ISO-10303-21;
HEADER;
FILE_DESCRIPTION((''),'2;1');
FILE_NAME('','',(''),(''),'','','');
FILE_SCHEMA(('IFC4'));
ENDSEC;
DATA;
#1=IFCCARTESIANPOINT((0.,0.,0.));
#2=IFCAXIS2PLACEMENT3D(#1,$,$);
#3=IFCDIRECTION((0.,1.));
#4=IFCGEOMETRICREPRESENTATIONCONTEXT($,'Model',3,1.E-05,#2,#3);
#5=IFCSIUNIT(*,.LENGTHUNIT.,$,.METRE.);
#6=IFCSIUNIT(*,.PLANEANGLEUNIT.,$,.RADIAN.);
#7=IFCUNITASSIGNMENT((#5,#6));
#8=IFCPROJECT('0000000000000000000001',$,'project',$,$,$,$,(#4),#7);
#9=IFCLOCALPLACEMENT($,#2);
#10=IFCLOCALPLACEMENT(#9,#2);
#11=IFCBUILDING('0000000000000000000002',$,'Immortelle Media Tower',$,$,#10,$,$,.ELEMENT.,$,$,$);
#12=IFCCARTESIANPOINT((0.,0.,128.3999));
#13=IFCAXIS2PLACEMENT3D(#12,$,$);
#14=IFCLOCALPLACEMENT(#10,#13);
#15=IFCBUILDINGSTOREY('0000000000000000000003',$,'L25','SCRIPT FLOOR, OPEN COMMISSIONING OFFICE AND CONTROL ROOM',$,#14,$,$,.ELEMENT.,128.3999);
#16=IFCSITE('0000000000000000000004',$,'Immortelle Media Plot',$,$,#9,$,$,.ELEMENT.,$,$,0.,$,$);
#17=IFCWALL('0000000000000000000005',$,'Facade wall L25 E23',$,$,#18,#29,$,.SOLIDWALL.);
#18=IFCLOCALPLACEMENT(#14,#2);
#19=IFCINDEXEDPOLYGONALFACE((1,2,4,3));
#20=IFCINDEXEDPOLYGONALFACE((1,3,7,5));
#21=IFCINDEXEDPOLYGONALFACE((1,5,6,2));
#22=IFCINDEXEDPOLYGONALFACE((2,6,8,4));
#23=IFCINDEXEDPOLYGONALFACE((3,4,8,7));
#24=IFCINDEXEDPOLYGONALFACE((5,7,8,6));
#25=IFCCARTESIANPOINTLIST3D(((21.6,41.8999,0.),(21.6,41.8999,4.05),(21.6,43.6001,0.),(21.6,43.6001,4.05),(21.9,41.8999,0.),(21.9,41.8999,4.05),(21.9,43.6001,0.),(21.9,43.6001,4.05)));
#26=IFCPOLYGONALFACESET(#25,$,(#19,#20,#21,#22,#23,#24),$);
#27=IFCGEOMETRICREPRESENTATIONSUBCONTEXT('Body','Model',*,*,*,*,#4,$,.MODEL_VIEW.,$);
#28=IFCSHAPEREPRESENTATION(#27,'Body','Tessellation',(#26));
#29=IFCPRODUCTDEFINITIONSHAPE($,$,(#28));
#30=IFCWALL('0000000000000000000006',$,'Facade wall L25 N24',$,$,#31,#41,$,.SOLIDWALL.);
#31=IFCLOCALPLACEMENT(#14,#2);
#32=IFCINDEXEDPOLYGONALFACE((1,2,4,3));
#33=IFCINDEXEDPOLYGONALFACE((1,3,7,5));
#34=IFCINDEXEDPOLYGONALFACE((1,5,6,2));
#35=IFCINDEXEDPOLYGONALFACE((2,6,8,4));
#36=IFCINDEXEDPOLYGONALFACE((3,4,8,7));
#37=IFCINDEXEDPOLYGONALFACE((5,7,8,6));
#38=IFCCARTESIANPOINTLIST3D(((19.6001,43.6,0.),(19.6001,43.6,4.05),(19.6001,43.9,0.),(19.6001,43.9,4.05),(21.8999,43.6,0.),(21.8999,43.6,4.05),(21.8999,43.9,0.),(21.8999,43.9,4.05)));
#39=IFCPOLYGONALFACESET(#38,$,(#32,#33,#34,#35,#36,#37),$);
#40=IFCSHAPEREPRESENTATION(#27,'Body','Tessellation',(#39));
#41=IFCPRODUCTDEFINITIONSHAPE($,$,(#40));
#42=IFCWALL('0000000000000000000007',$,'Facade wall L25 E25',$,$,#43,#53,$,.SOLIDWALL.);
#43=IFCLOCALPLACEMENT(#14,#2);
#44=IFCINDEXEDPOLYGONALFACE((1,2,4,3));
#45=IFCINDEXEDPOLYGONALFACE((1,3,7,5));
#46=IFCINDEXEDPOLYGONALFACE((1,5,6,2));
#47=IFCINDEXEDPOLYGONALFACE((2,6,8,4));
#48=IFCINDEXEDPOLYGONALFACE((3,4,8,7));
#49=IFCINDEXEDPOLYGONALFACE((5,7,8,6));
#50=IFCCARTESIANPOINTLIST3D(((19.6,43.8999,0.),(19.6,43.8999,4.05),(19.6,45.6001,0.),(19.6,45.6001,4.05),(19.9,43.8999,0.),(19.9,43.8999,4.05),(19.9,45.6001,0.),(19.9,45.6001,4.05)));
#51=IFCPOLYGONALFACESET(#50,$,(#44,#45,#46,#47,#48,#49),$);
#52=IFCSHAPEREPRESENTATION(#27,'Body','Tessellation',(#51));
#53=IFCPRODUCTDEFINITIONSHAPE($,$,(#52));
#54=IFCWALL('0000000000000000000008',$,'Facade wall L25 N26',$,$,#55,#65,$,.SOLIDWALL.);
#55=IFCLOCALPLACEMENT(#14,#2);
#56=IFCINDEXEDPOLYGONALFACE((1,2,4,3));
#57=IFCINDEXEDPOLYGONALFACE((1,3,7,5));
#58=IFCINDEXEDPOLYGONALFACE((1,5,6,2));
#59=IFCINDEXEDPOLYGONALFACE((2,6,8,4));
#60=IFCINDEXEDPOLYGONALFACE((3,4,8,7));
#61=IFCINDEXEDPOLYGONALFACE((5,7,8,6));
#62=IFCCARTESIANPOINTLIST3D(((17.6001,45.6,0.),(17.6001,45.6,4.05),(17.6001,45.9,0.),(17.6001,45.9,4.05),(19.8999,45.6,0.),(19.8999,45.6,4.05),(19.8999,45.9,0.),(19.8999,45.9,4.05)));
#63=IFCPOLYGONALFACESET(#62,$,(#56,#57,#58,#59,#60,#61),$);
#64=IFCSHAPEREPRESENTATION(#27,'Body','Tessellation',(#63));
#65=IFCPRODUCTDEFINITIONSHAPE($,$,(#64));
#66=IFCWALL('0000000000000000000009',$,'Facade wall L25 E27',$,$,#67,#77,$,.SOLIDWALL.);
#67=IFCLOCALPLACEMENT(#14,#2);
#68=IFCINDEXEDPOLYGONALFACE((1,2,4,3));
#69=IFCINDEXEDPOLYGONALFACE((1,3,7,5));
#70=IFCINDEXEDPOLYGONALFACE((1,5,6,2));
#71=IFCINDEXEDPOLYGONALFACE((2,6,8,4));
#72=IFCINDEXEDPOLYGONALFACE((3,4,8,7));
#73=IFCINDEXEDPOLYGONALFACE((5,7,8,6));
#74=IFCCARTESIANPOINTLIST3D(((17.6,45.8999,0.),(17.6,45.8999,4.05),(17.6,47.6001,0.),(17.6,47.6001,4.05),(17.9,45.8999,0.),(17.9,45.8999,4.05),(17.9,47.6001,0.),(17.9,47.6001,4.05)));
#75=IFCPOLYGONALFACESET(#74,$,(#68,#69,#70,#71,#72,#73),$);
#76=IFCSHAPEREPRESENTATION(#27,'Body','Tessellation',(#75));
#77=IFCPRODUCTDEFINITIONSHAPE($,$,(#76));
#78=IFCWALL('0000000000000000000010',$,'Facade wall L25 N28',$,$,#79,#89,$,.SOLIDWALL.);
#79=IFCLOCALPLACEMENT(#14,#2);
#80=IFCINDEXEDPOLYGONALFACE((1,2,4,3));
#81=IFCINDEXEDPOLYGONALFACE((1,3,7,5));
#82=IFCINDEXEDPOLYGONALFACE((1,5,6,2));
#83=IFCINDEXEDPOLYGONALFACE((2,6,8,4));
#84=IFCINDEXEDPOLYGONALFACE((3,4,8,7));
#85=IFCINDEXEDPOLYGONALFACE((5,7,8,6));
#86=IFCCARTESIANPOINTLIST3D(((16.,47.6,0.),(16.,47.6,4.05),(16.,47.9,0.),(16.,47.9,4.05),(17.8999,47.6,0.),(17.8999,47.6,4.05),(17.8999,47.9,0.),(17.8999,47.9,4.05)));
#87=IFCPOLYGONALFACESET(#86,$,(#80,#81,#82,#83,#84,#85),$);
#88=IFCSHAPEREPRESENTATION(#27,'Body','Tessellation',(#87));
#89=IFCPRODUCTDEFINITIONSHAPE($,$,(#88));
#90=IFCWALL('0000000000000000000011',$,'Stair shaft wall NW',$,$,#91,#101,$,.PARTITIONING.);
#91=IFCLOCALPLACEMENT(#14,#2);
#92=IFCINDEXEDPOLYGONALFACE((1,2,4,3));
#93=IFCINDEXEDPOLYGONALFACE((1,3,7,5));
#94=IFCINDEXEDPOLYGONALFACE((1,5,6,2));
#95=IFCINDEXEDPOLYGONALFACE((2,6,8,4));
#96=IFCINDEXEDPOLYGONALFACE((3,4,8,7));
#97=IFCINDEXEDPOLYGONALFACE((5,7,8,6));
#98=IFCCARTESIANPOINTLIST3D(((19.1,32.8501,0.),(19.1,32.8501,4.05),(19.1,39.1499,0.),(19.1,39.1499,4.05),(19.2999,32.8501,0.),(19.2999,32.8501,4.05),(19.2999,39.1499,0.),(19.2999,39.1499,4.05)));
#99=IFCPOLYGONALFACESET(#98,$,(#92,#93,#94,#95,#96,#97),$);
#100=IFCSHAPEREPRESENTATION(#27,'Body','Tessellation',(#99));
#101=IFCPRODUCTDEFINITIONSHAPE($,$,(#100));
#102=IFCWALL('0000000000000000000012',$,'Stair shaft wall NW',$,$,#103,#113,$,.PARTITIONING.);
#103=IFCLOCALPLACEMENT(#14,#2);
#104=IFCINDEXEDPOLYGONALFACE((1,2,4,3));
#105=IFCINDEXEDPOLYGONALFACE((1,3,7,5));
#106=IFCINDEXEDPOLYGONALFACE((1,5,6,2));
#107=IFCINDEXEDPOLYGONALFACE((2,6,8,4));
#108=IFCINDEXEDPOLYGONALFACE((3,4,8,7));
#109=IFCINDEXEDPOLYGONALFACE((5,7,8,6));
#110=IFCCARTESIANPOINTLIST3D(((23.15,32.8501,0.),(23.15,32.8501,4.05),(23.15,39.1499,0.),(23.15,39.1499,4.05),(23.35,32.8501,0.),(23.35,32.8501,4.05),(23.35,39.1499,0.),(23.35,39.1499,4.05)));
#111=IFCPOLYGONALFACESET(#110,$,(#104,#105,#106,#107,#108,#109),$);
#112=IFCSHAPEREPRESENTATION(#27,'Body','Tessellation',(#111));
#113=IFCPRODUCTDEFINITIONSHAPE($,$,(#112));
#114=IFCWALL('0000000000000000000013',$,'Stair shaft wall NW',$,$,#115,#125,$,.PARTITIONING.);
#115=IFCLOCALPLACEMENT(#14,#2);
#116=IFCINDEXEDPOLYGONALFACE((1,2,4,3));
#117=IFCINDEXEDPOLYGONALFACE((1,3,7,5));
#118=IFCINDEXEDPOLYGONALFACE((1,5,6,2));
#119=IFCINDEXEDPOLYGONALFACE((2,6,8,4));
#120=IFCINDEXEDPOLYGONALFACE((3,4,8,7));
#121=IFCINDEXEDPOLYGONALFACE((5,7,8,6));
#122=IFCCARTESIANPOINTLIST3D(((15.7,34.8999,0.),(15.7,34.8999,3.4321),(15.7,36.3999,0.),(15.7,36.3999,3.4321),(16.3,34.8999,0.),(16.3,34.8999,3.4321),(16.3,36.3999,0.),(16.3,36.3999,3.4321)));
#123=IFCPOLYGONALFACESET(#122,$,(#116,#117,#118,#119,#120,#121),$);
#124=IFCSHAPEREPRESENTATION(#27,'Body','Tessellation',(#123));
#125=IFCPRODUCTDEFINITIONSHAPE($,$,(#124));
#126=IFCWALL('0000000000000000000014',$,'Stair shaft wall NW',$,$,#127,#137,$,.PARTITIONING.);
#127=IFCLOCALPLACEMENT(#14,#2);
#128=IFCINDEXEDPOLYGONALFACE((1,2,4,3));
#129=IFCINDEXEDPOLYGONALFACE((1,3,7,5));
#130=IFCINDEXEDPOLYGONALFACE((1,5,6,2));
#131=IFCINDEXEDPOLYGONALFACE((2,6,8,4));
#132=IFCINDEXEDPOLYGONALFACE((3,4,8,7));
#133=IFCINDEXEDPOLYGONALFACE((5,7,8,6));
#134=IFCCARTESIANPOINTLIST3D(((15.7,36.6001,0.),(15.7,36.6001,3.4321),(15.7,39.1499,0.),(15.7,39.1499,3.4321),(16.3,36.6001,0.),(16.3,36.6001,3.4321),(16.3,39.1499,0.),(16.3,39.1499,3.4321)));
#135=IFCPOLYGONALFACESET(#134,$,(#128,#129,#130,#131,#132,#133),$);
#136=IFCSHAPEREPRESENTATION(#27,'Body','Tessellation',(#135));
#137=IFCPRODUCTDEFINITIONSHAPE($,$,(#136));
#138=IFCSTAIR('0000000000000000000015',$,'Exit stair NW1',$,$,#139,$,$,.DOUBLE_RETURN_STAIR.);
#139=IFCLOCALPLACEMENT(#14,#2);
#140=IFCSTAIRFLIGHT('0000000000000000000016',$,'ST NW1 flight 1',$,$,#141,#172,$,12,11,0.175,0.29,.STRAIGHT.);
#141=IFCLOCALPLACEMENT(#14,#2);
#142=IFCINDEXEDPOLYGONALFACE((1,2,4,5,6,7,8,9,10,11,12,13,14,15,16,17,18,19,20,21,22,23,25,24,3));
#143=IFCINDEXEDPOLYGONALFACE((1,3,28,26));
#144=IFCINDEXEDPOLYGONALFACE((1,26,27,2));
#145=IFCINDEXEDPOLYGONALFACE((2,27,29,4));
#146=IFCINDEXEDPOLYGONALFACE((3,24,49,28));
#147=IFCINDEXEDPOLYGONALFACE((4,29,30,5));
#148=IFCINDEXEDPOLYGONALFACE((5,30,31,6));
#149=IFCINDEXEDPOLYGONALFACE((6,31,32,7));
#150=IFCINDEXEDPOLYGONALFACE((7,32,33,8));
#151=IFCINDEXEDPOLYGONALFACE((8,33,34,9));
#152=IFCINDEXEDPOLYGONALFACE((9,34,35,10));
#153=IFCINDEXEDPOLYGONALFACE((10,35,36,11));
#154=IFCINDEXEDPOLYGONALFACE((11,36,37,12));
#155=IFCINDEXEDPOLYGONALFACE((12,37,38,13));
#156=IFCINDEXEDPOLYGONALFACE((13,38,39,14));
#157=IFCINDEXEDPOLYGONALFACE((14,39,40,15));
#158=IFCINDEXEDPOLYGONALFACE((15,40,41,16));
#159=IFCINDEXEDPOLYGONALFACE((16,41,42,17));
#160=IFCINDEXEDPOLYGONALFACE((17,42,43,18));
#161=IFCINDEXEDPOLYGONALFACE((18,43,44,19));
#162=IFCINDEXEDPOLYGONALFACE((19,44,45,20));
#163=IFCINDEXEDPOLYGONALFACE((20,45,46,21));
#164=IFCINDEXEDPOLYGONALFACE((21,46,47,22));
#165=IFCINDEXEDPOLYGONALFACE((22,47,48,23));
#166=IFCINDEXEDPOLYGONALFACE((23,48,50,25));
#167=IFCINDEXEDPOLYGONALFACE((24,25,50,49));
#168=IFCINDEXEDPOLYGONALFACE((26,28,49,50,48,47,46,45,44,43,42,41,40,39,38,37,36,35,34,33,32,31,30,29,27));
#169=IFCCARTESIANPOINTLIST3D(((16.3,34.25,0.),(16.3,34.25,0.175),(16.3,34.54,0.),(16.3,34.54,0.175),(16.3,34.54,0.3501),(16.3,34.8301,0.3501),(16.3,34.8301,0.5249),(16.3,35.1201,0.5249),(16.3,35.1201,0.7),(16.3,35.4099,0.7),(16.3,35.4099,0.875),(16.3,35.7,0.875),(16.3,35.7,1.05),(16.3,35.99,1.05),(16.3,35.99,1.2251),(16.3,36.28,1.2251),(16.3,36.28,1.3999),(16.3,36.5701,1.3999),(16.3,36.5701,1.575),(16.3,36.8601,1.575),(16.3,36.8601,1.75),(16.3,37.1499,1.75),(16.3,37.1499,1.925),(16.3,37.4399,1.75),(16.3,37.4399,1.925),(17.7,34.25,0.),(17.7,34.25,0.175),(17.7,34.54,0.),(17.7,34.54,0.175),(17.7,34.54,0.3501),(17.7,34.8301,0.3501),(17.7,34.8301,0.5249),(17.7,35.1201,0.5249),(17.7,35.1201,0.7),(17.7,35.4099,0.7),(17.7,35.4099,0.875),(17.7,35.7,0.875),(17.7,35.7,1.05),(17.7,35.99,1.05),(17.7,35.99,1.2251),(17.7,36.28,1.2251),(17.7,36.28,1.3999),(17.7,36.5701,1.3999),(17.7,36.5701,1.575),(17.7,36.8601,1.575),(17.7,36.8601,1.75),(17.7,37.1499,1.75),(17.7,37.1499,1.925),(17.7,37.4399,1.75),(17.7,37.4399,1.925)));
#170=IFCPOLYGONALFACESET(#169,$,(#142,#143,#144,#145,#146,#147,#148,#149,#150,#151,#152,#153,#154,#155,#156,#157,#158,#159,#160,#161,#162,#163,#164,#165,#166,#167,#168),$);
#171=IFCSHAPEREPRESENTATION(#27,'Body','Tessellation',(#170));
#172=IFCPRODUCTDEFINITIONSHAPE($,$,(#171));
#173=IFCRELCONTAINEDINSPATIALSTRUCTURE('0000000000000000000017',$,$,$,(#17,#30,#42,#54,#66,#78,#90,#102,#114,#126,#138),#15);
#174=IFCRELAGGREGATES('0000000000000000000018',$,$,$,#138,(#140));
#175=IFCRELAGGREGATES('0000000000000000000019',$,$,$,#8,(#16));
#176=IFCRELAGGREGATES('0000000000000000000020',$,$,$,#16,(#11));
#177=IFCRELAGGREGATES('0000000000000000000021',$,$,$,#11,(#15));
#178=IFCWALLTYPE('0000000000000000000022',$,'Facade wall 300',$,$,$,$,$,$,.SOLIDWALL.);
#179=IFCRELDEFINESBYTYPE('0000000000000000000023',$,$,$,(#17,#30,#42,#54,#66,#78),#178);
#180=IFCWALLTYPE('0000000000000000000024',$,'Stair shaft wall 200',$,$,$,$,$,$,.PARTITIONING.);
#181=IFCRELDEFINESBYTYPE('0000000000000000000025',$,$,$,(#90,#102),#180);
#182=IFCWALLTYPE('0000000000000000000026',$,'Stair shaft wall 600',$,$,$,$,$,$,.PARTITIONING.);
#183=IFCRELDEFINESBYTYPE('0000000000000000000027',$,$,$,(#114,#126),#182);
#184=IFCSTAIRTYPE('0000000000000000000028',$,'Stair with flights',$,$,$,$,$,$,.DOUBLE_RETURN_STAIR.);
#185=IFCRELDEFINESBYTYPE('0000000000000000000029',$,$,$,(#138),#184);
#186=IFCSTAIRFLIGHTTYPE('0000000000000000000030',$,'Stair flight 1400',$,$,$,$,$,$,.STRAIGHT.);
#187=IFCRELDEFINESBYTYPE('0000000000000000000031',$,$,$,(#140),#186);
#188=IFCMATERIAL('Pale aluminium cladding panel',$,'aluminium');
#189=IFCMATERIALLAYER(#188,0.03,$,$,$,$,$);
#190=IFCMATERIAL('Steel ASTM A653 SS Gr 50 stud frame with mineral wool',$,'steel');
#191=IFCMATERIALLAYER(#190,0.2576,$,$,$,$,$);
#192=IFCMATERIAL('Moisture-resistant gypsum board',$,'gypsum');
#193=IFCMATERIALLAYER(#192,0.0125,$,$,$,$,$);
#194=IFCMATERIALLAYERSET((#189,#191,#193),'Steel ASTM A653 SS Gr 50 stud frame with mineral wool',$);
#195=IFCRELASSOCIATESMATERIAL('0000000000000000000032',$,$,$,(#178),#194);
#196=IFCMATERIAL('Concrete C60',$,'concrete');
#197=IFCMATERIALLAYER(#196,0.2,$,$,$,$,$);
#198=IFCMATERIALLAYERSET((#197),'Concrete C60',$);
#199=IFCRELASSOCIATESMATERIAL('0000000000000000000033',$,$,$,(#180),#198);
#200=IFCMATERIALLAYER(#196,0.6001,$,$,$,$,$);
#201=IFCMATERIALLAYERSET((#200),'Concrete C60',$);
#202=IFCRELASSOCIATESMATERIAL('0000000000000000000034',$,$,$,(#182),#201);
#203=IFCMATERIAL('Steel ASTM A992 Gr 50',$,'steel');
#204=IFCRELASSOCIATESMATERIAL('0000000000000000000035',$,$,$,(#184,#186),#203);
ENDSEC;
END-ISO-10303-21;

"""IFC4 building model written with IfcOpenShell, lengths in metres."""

from ifc_helpers import new_model, si_unit, direction, frame, frame_2d, origin, place, context, subcontext, project, spatial, polyline, rectangle, outline, extrude, material, layer, layer_set, type_object, element, aggregate, save


model = new_model("IFC4")

# Units and contexts
model_context = context("Model", 3, precision=1e-05, world=origin(), true_north=direction((0.0, 1.0)))
body_context = subcontext(model_context, "Body", "Model", "MODEL_VIEW")
ifc_project = project(units=[si_unit("LENGTHUNIT", "METRE"), si_unit("PLANEANGLEUNIT", "RADIAN")], contexts=[model_context])

# Site, building, storey
site_placement = place(None, origin())
site = spatial("IfcSite", under=ifc_project, at=site_placement, Name="Immortelle Media Plot", CompositionType="ELEMENT", RefElevation=0.0)
building_placement = place(site_placement, origin())
building = spatial("IfcBuilding", under=site, at=building_placement, Name="Immortelle Media Tower", CompositionType="ELEMENT")
storey_placement = place(building_placement, frame((0.0, 0.0, 128.3999)))
storey = spatial("IfcBuildingStorey", under=building, at=storey_placement, Name="L25", Description="SCRIPT FLOOR, OPEN COMMISSIONING OFFICE AND CONTROL ROOM", CompositionType="ELEMENT", Elevation=128.3999)

# Shared definitions
ifc_material_1 = material(Name="Steel ASTM A992 Gr 50", Category="steel")

# Walls
ifc_material_2 = material(Name="Pale aluminium cladding panel", Category="aluminium")
ifc_layer_1 = layer(ifc_material_2, 0.03)
ifc_material_3 = material(Name="Steel ASTM A653 SS Gr 50 stud frame with mineral wool", Category="steel")
ifc_layer_2 = layer(ifc_material_3, 0.2576)
ifc_material_4 = material(Name="Moisture-resistant gypsum board", Category="gypsum")
ifc_layer_3 = layer(ifc_material_4, 0.0125)
ifc_layer_set_1 = layer_set([ifc_layer_1, ifc_layer_2, ifc_layer_3], Name="Steel ASTM A653 SS Gr 50 stud frame with mineral wool")
wall_type_1 = type_object("IfcWallType", Name="Facade wall 300", PredefinedType="SOLIDWALL", material=ifc_layer_set_1)
wall_1_placement = place(storey_placement, frame((21.75, 41.8999, 0.0), z_axis=(0.0, 0.0, 1.0), x_axis=(0.0, 1.0, 0.0)))
element("IfcWall", 1, at=wall_1_placement, inside=storey, type_object=wall_type_1, Name="Facade wall L25 E23", PredefinedType="SOLIDWALL", context=body_context, shape_type="SweptSolid", body=[
    extrude(rectangle(XDim=1.7002, YDim=0.3, at=frame_2d((0.8501, 0.0))), origin(), (0.0, 0.0, 1.0), 4.05),
])
wall_2_placement = place(storey_placement, frame((21.8999, 43.75, 0.0), z_axis=(0.0, 0.0, 1.0), x_axis=(-1.0, 0.0, 0.0)))
element("IfcWall", 2, at=wall_2_placement, inside=storey, type_object=wall_type_1, Name="Facade wall L25 N24", PredefinedType="SOLIDWALL", context=body_context, shape_type="SweptSolid", body=[
    extrude(rectangle(XDim=2.2998, YDim=0.3, at=frame_2d((1.1499, 0.0))), origin(), (0.0, 0.0, 1.0), 4.05),
])
wall_3_placement = place(storey_placement, frame((19.75, 43.8999, 0.0), z_axis=(0.0, 0.0, 1.0), x_axis=(0.0, 1.0, 0.0)))
element("IfcWall", 3, at=wall_3_placement, inside=storey, type_object=wall_type_1, Name="Facade wall L25 E25", PredefinedType="SOLIDWALL", context=body_context, shape_type="SweptSolid", body=[
    extrude(rectangle(XDim=1.7002, YDim=0.3, at=frame_2d((0.8501, 0.0))), origin(), (0.0, 0.0, 1.0), 4.05),
])
wall_4_placement = place(storey_placement, frame((19.8999, 45.75, 0.0), z_axis=(0.0, 0.0, 1.0), x_axis=(-1.0, 0.0, 0.0)))
element("IfcWall", 4, at=wall_4_placement, inside=storey, type_object=wall_type_1, Name="Facade wall L25 N26", PredefinedType="SOLIDWALL", context=body_context, shape_type="SweptSolid", body=[
    extrude(rectangle(XDim=2.2998, YDim=0.3, at=frame_2d((1.1499, 0.0))), origin(), (0.0, 0.0, 1.0), 4.05),
])
wall_5_placement = place(storey_placement, frame((17.75, 45.8999, 0.0), z_axis=(0.0, 0.0, 1.0), x_axis=(0.0, 1.0, 0.0)))
element("IfcWall", 5, at=wall_5_placement, inside=storey, type_object=wall_type_1, Name="Facade wall L25 E27", PredefinedType="SOLIDWALL", context=body_context, shape_type="SweptSolid", body=[
    extrude(rectangle(XDim=1.7002, YDim=0.3, at=frame_2d((0.8501, 0.0))), origin(), (0.0, 0.0, 1.0), 4.05),
])
wall_6_placement = place(storey_placement, frame((17.8999, 47.75, 0.0), z_axis=(0.0, 0.0, 1.0), x_axis=(-1.0, 0.0, 0.0)))
element("IfcWall", 6, at=wall_6_placement, inside=storey, type_object=wall_type_1, Name="Facade wall L25 N28", PredefinedType="SOLIDWALL", context=body_context, shape_type="SweptSolid", body=[
    extrude(rectangle(XDim=1.8999, YDim=0.3, at=frame_2d((0.95, 0.0))), origin(), (0.0, 0.0, 1.0), 4.05),
])
ifc_material_5 = material(Name="Concrete C60", Category="concrete")
ifc_layer_4 = layer(ifc_material_5, 0.2)
ifc_layer_set_2 = layer_set([ifc_layer_4], Name="Concrete C60")
wall_type_2 = type_object("IfcWallType", Name="Stair shaft wall 200", PredefinedType="PARTITIONING", material=ifc_layer_set_2)
for number, where, z_axis, x_axis, name in (
    (7, (19.2, 32.8501, 0.0), (0.0, 0.0, 1.0), (0.0, 1.0, 0.0), "Stair shaft wall NW"),
    (8, (23.25, 32.8501, 0.0), (0.0, 0.0, 1.0), (0.0, 1.0, 0.0), "Stair shaft wall NW"),
):
    element("IfcWall", number, at=place(storey_placement, frame(where, z_axis=z_axis, x_axis=x_axis)), inside=storey, type_object=wall_type_2, Name=name, PredefinedType="PARTITIONING", context=body_context, shape_type="SweptSolid", body=[
        extrude(rectangle(XDim=6.2998, YDim=0.2, at=frame_2d((3.1499, 0.0))), origin(), (0.0, 0.0, 1.0), 4.05),
    ])
ifc_layer_5 = layer(ifc_material_5, 0.6001)
ifc_layer_set_3 = layer_set([ifc_layer_5], Name="Concrete C60")
wall_type_3 = type_object("IfcWallType", Name="Stair shaft wall 600", PredefinedType="PARTITIONING", material=ifc_layer_set_3)
wall_7_placement = place(storey_placement, frame((16.0, 34.8999, 0.0), z_axis=(0.0, 0.0, 1.0), x_axis=(0.0, 1.0, 0.0)))
element("IfcWall", 9, at=wall_7_placement, inside=storey, type_object=wall_type_3, Name="Stair shaft wall NW", PredefinedType="PARTITIONING", context=body_context, shape_type="SweptSolid", body=[
    extrude(rectangle(XDim=1.5, YDim=0.6001, at=frame_2d((0.75, 0.0))), origin(), (0.0, 0.0, 1.0), 3.4321),
])
wall_8_placement = place(storey_placement, frame((16.0, 36.6001, 0.0), z_axis=(0.0, 0.0, 1.0), x_axis=(0.0, 1.0, 0.0)))
element("IfcWall", 10, at=wall_8_placement, inside=storey, type_object=wall_type_3, Name="Stair shaft wall NW", PredefinedType="PARTITIONING", context=body_context, shape_type="SweptSolid", body=[
    extrude(rectangle(XDim=2.5498, YDim=0.6001, at=frame_2d((1.2749, 0.0))), origin(), (0.0, 0.0, 1.0), 3.4321),
])

# Stair, stair flight
stair_type = type_object("IfcStairType", Name="Stair with flights", PredefinedType="DOUBLE_RETURN_STAIR", material=ifc_material_1)
stair_1_placement = place(storey_placement, origin())
stair_1 = element("IfcStair", 11, at=stair_1_placement, inside=storey, type_object=stair_type, Name="Exit stair NW1", PredefinedType="DOUBLE_RETURN_STAIR")
stair_flight_type = type_object("IfcStairFlightType", Name="Stair flight 1400", PredefinedType="STRAIGHT", material=ifc_material_1)
stair_flight_1_placement = place(storey_placement, frame((17.0, 34.25, 0.0), z_axis=(0.0, 0.0, 1.0), x_axis=(0.0, 1.0, 0.0)))
stair_flight_1 = element("IfcStairFlight", 12, at=stair_flight_1_placement, type_object=stair_flight_type, Name="ST NW1 flight 1", NumberOfRisers=12, NumberOfTreads=11, PredefinedType="STRAIGHT", RiserHeight=0.175, TreadLength=0.29, context=body_context, shape_type="SweptSolid", body=[
    extrude(outline(polyline([(0.0, 0.0), (0.0, 0.175), (0.29, 0.175), (0.29, 0.3501), (0.5801, 0.3501), (0.5801, 0.5249), (0.8701, 0.5249), (0.8701, 0.7), (1.1599, 0.7), (1.1599, 0.875), (1.45, 0.875), (1.45, 1.05), (1.74, 1.05), (1.74, 1.2251), (2.03, 1.2251), (2.03, 1.3999), (2.3201, 1.3999), (2.3201, 1.575), (2.6101, 1.575), (2.6101, 1.75), (2.8999, 1.75), (2.8999, 1.925), (3.1899, 1.925), (3.1899, 2.1001), (3.1899, 1.75), (0.29, 0.0), (0.0, 0.0)])), frame((0.0, 0.7, 0.0), z_axis=(0.0, -1.0, 0.0), x_axis=(1.0, 0.0, 0.0)), (0.0, 0.0, 1.0), 1.3999),
])
aggregate(stair_1, [stair_flight_1])

save(model, "model.ifc")
